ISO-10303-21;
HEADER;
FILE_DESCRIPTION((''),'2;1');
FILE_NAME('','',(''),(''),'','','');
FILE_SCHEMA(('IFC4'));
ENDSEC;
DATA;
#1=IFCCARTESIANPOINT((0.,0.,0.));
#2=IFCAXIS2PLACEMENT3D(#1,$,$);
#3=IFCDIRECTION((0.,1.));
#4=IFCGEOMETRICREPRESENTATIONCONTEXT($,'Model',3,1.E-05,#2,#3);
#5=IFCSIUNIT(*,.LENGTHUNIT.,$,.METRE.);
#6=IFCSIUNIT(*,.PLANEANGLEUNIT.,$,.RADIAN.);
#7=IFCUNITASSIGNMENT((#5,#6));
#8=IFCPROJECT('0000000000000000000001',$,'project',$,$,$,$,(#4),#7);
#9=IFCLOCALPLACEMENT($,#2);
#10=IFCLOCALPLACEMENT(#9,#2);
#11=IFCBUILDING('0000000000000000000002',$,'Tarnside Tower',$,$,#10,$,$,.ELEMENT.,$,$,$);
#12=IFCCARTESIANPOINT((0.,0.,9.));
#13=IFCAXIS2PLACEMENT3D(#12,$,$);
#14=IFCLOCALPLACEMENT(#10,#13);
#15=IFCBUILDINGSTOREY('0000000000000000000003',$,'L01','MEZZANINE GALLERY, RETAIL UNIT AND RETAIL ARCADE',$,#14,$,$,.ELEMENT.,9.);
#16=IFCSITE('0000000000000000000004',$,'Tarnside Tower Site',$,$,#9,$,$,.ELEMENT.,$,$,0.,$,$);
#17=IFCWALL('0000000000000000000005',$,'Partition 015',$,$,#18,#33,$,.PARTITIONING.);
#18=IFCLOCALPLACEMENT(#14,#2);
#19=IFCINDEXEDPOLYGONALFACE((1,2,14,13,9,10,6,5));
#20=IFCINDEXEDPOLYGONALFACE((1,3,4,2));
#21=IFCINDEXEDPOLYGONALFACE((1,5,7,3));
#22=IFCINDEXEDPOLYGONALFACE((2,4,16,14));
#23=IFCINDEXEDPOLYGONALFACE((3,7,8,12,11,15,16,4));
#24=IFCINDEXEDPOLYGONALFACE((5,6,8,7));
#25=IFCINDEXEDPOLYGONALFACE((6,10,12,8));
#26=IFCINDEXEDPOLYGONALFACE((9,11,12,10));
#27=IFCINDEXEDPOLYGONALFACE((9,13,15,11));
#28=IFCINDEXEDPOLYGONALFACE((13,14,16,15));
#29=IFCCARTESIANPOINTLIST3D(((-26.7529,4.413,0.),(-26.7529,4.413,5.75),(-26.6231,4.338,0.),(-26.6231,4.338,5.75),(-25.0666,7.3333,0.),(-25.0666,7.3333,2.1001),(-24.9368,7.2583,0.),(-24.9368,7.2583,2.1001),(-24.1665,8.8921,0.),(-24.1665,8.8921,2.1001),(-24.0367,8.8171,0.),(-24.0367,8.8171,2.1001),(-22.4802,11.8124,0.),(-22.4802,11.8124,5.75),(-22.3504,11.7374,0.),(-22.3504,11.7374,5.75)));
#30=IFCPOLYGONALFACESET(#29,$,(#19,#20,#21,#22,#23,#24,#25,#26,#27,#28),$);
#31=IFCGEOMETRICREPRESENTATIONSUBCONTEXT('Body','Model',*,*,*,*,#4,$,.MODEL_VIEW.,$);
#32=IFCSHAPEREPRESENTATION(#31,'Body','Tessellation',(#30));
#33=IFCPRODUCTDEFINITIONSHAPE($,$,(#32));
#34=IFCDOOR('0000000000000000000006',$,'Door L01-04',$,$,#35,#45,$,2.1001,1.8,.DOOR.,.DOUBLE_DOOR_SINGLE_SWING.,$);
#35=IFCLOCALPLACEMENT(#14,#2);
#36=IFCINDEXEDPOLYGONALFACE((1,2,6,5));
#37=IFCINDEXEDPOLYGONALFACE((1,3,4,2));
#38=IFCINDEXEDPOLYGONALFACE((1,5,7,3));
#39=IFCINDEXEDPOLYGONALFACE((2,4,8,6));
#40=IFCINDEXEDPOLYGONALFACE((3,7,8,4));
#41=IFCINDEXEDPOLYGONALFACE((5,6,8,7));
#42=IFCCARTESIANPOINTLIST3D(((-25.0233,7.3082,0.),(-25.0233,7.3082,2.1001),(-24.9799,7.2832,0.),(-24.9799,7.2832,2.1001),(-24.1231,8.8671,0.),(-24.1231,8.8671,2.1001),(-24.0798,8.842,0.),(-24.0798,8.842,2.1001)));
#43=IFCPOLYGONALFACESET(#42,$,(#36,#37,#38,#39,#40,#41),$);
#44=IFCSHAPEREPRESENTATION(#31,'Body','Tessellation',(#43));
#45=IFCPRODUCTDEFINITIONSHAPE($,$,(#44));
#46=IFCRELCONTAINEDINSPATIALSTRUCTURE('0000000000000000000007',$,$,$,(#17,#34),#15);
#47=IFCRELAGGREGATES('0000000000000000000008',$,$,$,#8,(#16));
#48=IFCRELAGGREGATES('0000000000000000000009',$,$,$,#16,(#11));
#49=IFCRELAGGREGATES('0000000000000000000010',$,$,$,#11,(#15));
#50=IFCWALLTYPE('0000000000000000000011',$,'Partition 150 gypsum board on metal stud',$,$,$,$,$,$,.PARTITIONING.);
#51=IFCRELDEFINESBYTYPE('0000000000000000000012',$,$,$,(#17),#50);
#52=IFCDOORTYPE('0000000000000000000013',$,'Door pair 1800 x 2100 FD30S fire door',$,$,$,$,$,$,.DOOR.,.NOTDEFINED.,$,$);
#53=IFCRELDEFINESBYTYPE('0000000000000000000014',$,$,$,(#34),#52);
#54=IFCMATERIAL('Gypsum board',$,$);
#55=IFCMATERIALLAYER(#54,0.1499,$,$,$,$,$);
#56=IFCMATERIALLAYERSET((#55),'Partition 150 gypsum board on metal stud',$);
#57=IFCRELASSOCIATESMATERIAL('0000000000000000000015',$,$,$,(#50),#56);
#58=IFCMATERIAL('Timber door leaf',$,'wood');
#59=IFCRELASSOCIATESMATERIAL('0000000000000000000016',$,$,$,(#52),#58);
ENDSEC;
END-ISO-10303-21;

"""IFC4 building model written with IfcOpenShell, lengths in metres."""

from ifc_helpers import new_model, si_unit, direction, frame, frame_2d, origin, place, context, subcontext, project, spatial, rectangle, extrude, material, layer, layer_set, type_object, element, fill, save


model = new_model("IFC4")

# Units and contexts
model_context = context("Model", 3, precision=1e-05, world=origin(), true_north=direction((0.0, 1.0)))
body_context = subcontext(model_context, "Body", "Model", "MODEL_VIEW")
ifc_project = project(units=[si_unit("LENGTHUNIT", "METRE"), si_unit("PLANEANGLEUNIT", "RADIAN")], contexts=[model_context])

# Site, building, storey
site_placement = place(None, origin())
site = spatial("IfcSite", under=ifc_project, at=site_placement, Name="Tarnside Tower Site", CompositionType="ELEMENT", RefElevation=0.0)
building_placement = place(site_placement, origin())
building = spatial("IfcBuilding", under=site, at=building_placement, Name="Tarnside Tower", CompositionType="ELEMENT")
storey_placement = place(building_placement, frame((0.0, 0.0, 9.0)))
storey = spatial("IfcBuildingStorey", under=building, at=storey_placement, Name="L01", Description="MEZZANINE GALLERY, RETAIL UNIT AND RETAIL ARCADE", CompositionType="ELEMENT", Elevation=9.0)

# Shared definitions
ifc_material_1 = material(Name="Gypsum board")
ifc_layer_1 = layer(ifc_material_1, 0.1499)
ifc_layer_set_1 = layer_set([ifc_layer_1], Name="Partition 150 gypsum board on metal stud")
wall_type = type_object("IfcWallType", Name="Partition 150 gypsum board on metal stud", PredefinedType="PARTITIONING", material=ifc_layer_set_1)

# Wall, opening, door
wall_1_placement = place(storey_placement, frame((-26.688, 4.3755, 0.0), z_axis=(0.0, 0.0, 1.0), x_axis=(0.500057, 0.865992, 0.0)))
wall_1 = element("IfcWall", 1, at=wall_1_placement, inside=storey, type_object=wall_type, Name="Partition 015", PredefinedType="PARTITIONING", context=body_context, shape_type="SweptSolid", body=[
    extrude(rectangle(XDim=8.5444, YDim=0.1499, at=frame_2d((4.2722, 0.0))), origin(), (0.0, 0.0, 1.0), 5.75),
])
opening_placement = place(wall_1_placement, frame((3.3723, 0.0, 0.0)))
opening = element("IfcOpeningElement", 2, at=opening_placement, cuts=wall_1, PredefinedType="OPENING", context=body_context, shape_type="SweptSolid", body=[
    extrude(rectangle(XDim=1.8, YDim=2.1001, at=frame_2d((0.8999, 1.05))), frame((0.0, 0.085, 0.0), z_axis=(0.0, -1.0, 0.0), x_axis=(1.0, 0.0, 0.0)), (0.0, 0.0, 1.0), 0.1699),
])
ifc_material_2 = material(Name="Timber door leaf", Category="wood")
door_type = type_object("IfcDoorType", Name="Door pair 1800 x 2100 FD30S fire door", OperationType="NOTDEFINED", PredefinedType="DOOR", material=ifc_material_2)
door_placement = place(opening_placement, origin())
door = element("IfcDoor", 3, at=door_placement, inside=storey, type_object=door_type, Name="Door L01-04", OperationType="DOUBLE_DOOR_SINGLE_SWING", OverallHeight=2.1001, OverallWidth=1.8, PredefinedType="DOOR", context=body_context, shape_type="SweptSolid", body=[
    extrude(rectangle(XDim=1.8, YDim=2.1001, at=frame_2d((0.8999, 1.05))), frame((0.0, 0.0249, 0.0), z_axis=(0.0, -1.0, 0.0), x_axis=(1.0, 0.0, 0.0)), (0.0, 0.0, 1.0), 0.05),
])
fill(opening, door)

save(model, "model.ifc")
